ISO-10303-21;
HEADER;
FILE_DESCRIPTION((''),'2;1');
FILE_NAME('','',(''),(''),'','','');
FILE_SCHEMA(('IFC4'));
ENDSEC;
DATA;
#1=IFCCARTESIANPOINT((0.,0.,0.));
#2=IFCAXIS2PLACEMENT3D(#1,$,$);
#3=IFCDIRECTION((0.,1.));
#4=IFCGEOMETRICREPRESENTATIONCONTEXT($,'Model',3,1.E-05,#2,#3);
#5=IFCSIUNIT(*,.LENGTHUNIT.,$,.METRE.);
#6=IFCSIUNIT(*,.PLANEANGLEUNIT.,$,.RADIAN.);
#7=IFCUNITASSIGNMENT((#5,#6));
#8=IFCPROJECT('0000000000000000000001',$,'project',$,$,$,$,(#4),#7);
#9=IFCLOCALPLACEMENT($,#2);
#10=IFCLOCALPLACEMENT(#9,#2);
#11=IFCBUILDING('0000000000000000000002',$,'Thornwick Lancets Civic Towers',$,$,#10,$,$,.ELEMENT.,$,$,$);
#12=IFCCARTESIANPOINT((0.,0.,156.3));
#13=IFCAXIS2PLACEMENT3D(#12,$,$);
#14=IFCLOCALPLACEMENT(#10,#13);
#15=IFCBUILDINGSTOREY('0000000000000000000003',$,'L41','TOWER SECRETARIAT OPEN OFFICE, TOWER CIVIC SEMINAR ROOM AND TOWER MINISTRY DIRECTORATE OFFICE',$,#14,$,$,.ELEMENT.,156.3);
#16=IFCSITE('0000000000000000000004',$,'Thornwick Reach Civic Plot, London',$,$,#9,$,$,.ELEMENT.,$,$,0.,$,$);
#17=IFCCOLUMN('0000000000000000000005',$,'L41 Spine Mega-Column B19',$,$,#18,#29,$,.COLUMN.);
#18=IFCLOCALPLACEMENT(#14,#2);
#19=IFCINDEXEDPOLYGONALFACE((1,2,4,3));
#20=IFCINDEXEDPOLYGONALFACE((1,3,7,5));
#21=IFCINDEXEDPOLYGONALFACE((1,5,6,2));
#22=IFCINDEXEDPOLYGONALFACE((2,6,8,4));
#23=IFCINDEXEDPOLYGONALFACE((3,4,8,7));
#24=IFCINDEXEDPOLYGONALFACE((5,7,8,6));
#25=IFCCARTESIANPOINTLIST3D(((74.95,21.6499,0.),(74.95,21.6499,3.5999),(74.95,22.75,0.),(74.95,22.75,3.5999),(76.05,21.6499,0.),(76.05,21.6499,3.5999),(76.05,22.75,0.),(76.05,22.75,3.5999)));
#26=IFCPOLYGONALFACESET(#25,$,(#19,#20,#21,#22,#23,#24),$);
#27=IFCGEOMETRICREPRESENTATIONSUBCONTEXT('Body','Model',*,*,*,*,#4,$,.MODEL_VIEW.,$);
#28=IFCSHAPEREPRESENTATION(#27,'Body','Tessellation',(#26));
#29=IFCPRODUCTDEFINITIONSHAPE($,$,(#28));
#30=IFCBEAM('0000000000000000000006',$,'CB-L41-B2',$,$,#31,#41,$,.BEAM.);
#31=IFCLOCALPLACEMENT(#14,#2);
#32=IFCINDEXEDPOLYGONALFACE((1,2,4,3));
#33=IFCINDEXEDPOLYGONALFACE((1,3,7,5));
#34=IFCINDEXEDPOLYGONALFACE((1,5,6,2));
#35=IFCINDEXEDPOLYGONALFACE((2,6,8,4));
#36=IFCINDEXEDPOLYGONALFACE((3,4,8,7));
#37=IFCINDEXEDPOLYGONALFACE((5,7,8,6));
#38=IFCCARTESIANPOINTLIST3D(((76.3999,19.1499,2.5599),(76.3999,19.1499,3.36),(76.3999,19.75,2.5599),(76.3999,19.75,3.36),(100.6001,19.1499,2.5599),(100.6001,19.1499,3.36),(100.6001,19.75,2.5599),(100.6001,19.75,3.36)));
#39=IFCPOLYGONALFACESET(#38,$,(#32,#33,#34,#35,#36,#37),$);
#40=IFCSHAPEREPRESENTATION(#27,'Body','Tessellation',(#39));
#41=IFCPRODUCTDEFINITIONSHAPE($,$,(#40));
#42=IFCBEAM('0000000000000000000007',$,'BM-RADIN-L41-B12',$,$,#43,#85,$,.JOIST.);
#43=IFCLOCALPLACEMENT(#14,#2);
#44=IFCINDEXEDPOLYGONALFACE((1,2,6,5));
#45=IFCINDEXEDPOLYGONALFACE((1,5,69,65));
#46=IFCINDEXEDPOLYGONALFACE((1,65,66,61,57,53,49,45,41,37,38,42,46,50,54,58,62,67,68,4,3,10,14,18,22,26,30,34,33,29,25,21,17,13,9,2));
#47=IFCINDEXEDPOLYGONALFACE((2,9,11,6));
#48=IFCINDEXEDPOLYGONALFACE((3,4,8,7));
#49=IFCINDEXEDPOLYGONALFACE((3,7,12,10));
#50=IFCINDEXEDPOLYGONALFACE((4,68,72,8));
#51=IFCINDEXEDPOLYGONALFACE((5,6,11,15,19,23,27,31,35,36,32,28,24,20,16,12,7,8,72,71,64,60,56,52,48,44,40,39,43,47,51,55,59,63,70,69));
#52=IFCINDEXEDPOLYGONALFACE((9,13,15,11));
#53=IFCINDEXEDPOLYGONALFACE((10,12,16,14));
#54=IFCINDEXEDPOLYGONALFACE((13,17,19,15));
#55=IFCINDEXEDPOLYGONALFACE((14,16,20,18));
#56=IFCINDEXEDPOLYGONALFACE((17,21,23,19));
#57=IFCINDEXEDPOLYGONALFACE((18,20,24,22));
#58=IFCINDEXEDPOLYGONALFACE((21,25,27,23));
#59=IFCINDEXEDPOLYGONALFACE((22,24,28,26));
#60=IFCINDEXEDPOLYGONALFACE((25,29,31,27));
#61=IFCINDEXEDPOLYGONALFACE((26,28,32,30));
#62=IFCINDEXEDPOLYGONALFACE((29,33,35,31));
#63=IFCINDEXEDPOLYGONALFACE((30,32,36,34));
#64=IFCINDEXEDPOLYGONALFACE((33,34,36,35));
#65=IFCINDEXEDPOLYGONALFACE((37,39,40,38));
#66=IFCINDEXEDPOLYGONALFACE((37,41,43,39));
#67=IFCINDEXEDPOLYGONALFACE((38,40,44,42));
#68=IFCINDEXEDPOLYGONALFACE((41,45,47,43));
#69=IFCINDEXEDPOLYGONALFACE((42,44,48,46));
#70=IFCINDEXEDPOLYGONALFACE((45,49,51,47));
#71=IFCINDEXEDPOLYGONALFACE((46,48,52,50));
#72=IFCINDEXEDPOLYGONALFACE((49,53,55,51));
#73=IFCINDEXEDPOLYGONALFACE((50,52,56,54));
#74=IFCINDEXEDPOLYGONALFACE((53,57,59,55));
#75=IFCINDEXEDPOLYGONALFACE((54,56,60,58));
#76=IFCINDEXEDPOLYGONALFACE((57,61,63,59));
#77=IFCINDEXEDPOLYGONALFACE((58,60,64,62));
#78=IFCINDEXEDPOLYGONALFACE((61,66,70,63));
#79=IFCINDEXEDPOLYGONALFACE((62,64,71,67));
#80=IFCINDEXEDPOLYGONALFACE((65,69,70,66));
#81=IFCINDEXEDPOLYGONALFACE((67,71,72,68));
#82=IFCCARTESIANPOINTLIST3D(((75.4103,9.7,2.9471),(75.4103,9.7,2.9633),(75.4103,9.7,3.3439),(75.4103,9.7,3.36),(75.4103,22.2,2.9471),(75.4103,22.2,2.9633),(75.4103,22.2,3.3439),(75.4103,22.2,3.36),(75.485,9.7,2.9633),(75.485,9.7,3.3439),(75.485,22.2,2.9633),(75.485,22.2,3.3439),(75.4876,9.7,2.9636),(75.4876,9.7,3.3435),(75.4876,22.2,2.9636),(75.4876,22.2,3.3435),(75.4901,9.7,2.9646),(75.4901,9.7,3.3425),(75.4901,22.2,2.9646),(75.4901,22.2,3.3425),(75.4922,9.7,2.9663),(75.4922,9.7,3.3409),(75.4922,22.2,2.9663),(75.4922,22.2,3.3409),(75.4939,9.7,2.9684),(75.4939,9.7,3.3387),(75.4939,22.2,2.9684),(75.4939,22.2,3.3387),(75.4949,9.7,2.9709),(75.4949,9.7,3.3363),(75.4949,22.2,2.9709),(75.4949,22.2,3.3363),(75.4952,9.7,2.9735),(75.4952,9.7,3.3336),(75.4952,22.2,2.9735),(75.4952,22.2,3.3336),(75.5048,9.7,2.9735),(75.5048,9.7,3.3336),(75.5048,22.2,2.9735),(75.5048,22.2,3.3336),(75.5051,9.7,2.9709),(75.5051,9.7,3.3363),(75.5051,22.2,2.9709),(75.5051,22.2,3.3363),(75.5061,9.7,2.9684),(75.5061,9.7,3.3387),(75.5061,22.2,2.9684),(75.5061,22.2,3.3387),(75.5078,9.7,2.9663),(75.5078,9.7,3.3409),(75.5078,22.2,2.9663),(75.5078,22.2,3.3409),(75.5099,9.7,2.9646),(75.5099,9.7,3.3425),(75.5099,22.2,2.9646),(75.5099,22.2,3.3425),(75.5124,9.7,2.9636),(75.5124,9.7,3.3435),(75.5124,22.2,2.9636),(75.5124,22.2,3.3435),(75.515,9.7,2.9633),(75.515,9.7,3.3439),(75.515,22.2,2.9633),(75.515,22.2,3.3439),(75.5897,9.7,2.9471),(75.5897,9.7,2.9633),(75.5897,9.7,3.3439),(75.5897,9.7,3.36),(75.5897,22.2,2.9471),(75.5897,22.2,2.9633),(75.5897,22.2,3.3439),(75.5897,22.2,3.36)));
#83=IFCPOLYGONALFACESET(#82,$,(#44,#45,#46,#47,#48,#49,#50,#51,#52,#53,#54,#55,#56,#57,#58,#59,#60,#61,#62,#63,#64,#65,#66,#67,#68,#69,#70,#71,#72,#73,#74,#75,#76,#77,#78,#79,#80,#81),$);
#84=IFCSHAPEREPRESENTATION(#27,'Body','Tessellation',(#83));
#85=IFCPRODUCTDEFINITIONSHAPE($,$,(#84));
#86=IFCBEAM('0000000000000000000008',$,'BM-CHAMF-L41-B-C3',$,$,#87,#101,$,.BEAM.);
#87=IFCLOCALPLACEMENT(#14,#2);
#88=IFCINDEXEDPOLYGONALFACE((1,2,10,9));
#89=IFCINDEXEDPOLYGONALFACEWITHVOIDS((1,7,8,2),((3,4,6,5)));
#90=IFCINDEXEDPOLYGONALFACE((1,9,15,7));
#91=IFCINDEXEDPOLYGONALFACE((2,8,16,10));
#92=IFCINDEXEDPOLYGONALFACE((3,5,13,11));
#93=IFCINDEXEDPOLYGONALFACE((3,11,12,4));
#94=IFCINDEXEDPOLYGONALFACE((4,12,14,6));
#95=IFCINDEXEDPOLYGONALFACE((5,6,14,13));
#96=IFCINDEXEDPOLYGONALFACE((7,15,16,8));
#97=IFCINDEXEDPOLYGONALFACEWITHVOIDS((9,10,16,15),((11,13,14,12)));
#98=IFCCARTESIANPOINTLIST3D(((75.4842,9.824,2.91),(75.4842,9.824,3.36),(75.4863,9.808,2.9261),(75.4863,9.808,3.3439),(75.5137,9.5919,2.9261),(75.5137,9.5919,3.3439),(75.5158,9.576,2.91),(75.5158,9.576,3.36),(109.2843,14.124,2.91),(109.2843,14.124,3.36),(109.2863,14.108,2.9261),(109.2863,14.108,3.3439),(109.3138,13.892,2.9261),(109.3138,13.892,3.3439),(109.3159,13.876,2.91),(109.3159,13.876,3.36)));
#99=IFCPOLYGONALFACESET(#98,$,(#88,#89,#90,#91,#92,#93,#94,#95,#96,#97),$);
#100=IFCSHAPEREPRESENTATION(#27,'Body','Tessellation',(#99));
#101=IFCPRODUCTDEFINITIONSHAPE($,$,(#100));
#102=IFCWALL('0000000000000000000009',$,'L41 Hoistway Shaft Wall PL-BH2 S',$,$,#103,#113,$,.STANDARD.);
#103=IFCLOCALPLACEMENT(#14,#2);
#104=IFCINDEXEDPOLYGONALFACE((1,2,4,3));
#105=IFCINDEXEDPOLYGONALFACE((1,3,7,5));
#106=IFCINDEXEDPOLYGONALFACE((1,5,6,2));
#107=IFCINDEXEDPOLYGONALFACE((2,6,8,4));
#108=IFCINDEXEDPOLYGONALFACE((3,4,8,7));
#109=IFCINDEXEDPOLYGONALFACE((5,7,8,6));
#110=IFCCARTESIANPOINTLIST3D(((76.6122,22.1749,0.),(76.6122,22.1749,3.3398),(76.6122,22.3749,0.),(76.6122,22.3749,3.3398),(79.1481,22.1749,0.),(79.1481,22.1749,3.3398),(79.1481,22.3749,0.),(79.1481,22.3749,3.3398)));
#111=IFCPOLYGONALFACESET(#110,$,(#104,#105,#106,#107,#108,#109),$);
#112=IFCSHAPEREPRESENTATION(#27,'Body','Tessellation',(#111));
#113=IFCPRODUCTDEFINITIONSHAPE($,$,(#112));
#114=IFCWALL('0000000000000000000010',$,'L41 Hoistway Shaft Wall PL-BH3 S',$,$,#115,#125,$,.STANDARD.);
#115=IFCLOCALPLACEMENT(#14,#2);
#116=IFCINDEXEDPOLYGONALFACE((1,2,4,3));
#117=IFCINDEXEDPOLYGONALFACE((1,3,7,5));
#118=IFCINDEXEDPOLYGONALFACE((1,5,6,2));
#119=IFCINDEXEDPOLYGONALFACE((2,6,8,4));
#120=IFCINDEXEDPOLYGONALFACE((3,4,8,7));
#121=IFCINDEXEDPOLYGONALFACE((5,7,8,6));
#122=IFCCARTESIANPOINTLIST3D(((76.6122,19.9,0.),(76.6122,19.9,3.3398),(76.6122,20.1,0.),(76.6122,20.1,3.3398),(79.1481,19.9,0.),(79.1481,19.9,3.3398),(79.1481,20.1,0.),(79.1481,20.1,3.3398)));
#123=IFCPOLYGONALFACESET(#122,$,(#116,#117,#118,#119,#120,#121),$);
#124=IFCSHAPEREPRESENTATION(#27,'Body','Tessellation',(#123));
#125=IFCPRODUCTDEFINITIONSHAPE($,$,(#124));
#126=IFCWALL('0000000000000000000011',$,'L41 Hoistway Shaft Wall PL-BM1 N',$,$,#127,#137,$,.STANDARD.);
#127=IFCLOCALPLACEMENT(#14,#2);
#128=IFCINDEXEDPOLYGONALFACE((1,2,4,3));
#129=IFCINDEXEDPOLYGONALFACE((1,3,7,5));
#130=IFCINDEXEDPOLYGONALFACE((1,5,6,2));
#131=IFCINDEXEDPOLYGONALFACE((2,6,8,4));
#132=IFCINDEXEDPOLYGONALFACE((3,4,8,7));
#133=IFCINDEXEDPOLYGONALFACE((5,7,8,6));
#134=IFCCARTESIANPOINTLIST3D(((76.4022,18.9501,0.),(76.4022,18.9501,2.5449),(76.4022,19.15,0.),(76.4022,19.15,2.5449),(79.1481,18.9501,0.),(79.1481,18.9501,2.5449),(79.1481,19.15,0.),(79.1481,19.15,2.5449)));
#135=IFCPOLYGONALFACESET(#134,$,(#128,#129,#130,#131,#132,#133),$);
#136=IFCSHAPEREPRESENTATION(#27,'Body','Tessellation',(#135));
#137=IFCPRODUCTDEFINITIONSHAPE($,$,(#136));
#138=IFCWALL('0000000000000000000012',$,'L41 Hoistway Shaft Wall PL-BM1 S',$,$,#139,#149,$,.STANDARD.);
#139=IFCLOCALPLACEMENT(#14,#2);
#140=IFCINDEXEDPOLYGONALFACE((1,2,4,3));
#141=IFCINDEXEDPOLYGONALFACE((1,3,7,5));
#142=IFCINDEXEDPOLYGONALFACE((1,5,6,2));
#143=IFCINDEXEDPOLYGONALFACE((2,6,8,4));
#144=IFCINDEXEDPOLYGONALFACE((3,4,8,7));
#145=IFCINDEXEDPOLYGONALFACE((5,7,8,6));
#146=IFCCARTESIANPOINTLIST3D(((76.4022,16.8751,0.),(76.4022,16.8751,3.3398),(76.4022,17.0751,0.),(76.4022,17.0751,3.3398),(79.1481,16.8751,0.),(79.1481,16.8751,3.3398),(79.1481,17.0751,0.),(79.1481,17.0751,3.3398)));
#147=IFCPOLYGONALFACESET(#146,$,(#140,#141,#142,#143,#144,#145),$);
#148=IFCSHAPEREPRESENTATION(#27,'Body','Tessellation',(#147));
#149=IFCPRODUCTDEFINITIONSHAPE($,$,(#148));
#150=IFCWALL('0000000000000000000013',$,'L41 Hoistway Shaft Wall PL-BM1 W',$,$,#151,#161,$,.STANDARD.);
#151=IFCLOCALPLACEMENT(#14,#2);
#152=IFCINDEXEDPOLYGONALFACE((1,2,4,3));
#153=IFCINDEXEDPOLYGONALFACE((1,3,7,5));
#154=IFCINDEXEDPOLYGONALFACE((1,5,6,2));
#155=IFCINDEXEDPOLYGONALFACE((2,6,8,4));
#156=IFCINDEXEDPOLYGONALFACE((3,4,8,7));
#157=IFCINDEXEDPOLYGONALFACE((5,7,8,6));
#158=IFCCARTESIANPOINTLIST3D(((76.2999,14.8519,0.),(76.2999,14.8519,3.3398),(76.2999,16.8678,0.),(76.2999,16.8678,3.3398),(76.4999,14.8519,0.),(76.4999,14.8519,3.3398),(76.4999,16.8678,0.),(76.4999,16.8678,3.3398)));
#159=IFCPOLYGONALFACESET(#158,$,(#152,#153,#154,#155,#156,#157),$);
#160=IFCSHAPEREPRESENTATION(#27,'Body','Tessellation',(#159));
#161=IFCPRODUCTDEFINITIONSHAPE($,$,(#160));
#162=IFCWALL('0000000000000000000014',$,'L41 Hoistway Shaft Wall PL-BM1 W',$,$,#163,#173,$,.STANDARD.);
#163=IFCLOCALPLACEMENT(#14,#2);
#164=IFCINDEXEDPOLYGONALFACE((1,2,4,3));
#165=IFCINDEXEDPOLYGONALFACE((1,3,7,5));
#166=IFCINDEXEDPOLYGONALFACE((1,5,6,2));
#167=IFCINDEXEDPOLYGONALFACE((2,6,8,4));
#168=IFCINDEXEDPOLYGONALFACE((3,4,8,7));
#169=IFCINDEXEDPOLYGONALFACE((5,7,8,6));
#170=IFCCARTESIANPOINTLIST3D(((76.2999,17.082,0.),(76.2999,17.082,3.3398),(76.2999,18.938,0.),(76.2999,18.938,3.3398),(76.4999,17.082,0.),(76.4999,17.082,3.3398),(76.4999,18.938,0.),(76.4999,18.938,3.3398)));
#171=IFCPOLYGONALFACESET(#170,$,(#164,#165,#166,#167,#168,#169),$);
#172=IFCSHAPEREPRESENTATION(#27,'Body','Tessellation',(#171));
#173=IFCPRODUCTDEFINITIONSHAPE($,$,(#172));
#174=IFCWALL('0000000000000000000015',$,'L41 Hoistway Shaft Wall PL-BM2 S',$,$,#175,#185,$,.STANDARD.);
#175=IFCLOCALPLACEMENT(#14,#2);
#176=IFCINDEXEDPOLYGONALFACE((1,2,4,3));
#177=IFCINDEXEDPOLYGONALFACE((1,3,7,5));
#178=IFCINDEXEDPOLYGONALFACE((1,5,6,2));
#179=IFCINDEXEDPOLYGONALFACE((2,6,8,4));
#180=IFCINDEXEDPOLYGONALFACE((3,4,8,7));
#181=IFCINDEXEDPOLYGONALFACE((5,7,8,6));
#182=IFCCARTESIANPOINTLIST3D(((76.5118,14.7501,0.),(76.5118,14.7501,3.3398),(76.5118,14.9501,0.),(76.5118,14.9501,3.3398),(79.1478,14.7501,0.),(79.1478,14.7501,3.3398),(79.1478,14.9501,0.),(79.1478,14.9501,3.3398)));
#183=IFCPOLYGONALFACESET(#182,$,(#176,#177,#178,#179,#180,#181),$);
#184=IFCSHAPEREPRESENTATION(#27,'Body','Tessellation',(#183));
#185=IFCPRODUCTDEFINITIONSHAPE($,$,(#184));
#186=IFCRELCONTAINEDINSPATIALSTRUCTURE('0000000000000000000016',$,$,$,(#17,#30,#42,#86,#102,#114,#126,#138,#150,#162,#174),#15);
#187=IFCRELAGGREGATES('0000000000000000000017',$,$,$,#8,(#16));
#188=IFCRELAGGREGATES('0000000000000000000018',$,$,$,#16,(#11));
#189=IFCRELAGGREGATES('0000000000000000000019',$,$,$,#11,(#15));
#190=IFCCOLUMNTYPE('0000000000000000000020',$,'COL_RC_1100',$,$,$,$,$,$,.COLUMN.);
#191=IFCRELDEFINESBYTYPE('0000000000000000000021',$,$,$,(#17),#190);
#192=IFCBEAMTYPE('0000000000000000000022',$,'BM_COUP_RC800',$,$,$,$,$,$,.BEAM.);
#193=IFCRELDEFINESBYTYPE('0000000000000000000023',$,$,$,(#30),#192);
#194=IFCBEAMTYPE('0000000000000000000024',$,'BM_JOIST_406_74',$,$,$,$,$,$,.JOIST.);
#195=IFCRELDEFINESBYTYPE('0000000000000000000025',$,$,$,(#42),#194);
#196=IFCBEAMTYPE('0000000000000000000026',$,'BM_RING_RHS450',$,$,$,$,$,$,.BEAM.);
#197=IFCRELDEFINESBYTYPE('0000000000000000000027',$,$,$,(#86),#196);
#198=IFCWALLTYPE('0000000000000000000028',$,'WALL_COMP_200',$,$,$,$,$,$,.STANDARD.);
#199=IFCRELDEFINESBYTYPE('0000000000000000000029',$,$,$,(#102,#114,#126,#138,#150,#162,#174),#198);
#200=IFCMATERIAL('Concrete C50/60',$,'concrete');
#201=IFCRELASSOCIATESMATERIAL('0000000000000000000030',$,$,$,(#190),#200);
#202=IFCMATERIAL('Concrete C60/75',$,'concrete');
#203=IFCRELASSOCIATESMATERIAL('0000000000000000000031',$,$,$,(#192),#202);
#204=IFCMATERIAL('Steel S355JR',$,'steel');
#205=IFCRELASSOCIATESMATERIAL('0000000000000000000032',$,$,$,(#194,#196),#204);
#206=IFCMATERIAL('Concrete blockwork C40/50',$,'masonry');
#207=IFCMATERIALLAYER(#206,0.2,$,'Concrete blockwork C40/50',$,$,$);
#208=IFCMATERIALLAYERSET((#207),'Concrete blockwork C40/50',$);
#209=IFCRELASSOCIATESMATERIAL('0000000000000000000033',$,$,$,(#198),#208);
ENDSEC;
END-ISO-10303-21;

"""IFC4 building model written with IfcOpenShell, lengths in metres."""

from ifc_helpers import new_model, si_unit, direction, frame, frame_2d, origin, origin_2d, place, context, subcontext, project, spatial, rectangle, hollow_rectangle, i_section, extrude, material, layer, layer_set, material_profile, profile_set, type_object, element, save


model = new_model("IFC4")

# Units and contexts
model_context = context("Model", 3, precision=1e-05, world=origin(), true_north=direction((0.0, 1.0)))
body_context = subcontext(model_context, "Body", "Model", "MODEL_VIEW")
ifc_project = project(units=[si_unit("LENGTHUNIT", "METRE"), si_unit("PLANEANGLEUNIT", "RADIAN")], contexts=[model_context])

# Site, building, storey
site_placement = place(None, origin())
site = spatial("IfcSite", under=ifc_project, at=site_placement, Name="Thornwick Reach Civic Plot, London", CompositionType="ELEMENT", RefElevation=0.0)
building_placement = place(site_placement, origin())
building = spatial("IfcBuilding", under=site, at=building_placement, Name="Thornwick Lancets Civic Towers", CompositionType="ELEMENT")
storey_placement = place(building_placement, frame((0.0, 0.0, 156.3)))
storey = spatial("IfcBuildingStorey", under=building, at=storey_placement, Name="L41", Description="TOWER SECRETARIAT OPEN OFFICE, TOWER CIVIC SEMINAR ROOM AND TOWER MINISTRY DIRECTORATE OFFICE", CompositionType="ELEMENT", Elevation=156.3)

# Column
ifc_material_1 = material(Name="Concrete C50/60", Category="concrete")
ifc_material_profile_1 = material_profile(ifc_material_1, rectangle(XDim=1.1001, YDim=1.1001, at=origin_2d()), Name="RC 1100x1100")
ifc_profile_set_1 = profile_set([ifc_material_profile_1], Name="Concrete C50/60")
column_type = type_object("IfcColumnType", Name="COL_RC_1100", PredefinedType="COLUMN", material=ifc_profile_set_1)
column_placement = place(storey_placement, frame((75.5, 22.2, 0.0), z_axis=(0.0, 0.0, 1.0), x_axis=(1.0, 0.0, 0.0)))
element("IfcColumn", 1, at=column_placement, inside=storey, type_object=column_type, Name="L41 Spine Mega-Column B19", PredefinedType="COLUMN", context=body_context, shape_type="SweptSolid", body=[
    extrude(rectangle(XDim=1.1001, YDim=1.1001, at=origin_2d()), origin(), (0.0, 0.0, 1.0), 3.5999),
])

# Beams
ifc_material_2 = material(Name="Concrete C60/75", Category="concrete")
ifc_material_profile_2 = material_profile(ifc_material_2, rectangle(XDim=0.6001, YDim=0.8, at=origin_2d()), Name="RC 600x800")
ifc_profile_set_2 = profile_set([ifc_material_profile_2], Name="Concrete C60/75")
beam_type_1 = type_object("IfcBeamType", Name="BM_COUP_RC800", PredefinedType="BEAM", material=ifc_profile_set_2)
beam_1_placement = place(storey_placement, frame((76.3999, 19.45, 2.96), z_axis=(1.0, 0.0, 0.0), x_axis=(0.0, 1.0, 0.0)))
element("IfcBeam", 2, at=beam_1_placement, inside=storey, type_object=beam_type_1, Name="CB-L41-B2", PredefinedType="BEAM", context=body_context, shape_type="SweptSolid", body=[
    extrude(rectangle(XDim=0.6001, YDim=0.8, at=origin_2d()), origin(), (0.0, 0.0, 1.0), 24.2002),
])
ifc_material_3 = material(Name="Steel S355JR", Category="steel")
ifc_material_profile_3 = material_profile(ifc_material_3, i_section(OverallWidth=0.1794, OverallDepth=0.4128, WebThickness=0.0095, FlangeThickness=0.0161, FilletRadius=0.0103, at=origin_2d()), Name="UKB 406x178x74")
ifc_profile_set_3 = profile_set([ifc_material_profile_3], Name="Steel S355JR")
beam_type_2 = type_object("IfcBeamType", Name="BM_JOIST_406_74", PredefinedType="JOIST", material=ifc_profile_set_3)
beam_2_placement = place(storey_placement, frame((75.5, 22.2, 3.1536), z_axis=(0.0, -1.0, 0.0), x_axis=(1.0, 0.0, 0.0)))
element("IfcBeam", 3, at=beam_2_placement, inside=storey, type_object=beam_type_2, Name="BM-RADIN-L41-B12", PredefinedType="JOIST", context=body_context, shape_type="SweptSolid", body=[
    extrude(i_section(OverallWidth=0.1794, OverallDepth=0.4128, WebThickness=0.0095, FlangeThickness=0.0161, FilletRadius=0.0103, at=origin_2d()), origin(), (0.0, 0.0, 1.0), 12.5),
])
ifc_material_profile_4 = material_profile(ifc_material_3, hollow_rectangle(XDim=0.25, YDim=0.45, WallThickness=0.0161, at=origin_2d()), Name="RHS 450x250x16")
ifc_profile_set_4 = profile_set([ifc_material_profile_4], Name="Steel S355JR")
beam_type_3 = type_object("IfcBeamType", Name="BM_RING_RHS450", PredefinedType="BEAM", material=ifc_profile_set_4)
beam_3_placement = place(storey_placement, frame((75.5, 9.7, 3.135), z_axis=(0.992004, 0.126203, 0.0), x_axis=(-0.126203, 0.992004, 0.0)))
element("IfcBeam", 4, at=beam_3_placement, inside=storey, type_object=beam_type_3, Name="BM-CHAMF-L41-B-C3", PredefinedType="BEAM", context=body_context, shape_type="SweptSolid", body=[
    extrude(hollow_rectangle(XDim=0.25, YDim=0.45, WallThickness=0.0161, at=origin_2d()), origin(), (0.0, 0.0, 1.0), 34.0725),
])

# Walls
ifc_material_4 = material(Name="Concrete blockwork C40/50", Category="masonry")
ifc_layer_1 = layer(ifc_material_4, 0.2, Name="Concrete blockwork C40/50")
ifc_layer_set_1 = layer_set([ifc_layer_1], Name="Concrete blockwork C40/50")
wall_type_1 = type_object("IfcWallType", Name="WALL_COMP_200", PredefinedType="STANDARD", material=ifc_layer_set_1)
for number, where, z_axis, x_axis, name in (
    (5, (76.6121, 22.2749, 0.0), (0.0, 0.0, 1.0), (1.0, 0.0, 0.0), "L41 Hoistway Shaft Wall PL-BH2 S"),
    (6, (76.6121, 20.0, 0.0), (0.0, 0.0, 1.0), (1.0, 0.0, 0.0), "L41 Hoistway Shaft Wall PL-BH3 S"),
):
    element("IfcWall", number, at=place(storey_placement, frame(where, z_axis=z_axis, x_axis=x_axis)), inside=storey, type_object=wall_type_1, Name=name, PredefinedType="STANDARD", context=body_context, shape_type="SweptSolid", body=[
        extrude(rectangle(XDim=2.5359, YDim=0.2, at=frame_2d((1.2681, 0.0))), origin(), (0.0, 0.0, 1.0), 3.3398),
    ])
wall_1_placement = place(storey_placement, frame((76.4021, 19.05, 0.0), z_axis=(0.0, 0.0, 1.0), x_axis=(1.0, 0.0, 0.0)))
element("IfcWall", 7, at=wall_1_placement, inside=storey, type_object=wall_type_1, Name="L41 Hoistway Shaft Wall PL-BM1 N", PredefinedType="STANDARD", context=body_context, shape_type="SweptSolid", body=[
    extrude(rectangle(XDim=2.7458, YDim=0.2, at=frame_2d((1.373, 0.0))), origin(), (0.0, 0.0, 1.0), 2.5449),
])
wall_2_placement = place(storey_placement, frame((76.4021, 16.9751, 0.0), z_axis=(0.0, 0.0, 1.0), x_axis=(1.0, 0.0, 0.0)))
element("IfcWall", 8, at=wall_2_placement, inside=storey, type_object=wall_type_1, Name="L41 Hoistway Shaft Wall PL-BM1 S", PredefinedType="STANDARD", context=body_context, shape_type="SweptSolid", body=[
    extrude(rectangle(XDim=2.7458, YDim=0.2, at=frame_2d((1.373, 0.0))), origin(), (0.0, 0.0, 1.0), 3.3398),
])
wall_3_placement = place(storey_placement, frame((76.3999, 14.8521, 0.0), z_axis=(0.0, 0.0, 1.0), x_axis=(0.0, 1.0, 0.0)))
element("IfcWall", 9, at=wall_3_placement, inside=storey, type_object=wall_type_1, Name="L41 Hoistway Shaft Wall PL-BM1 W", PredefinedType="STANDARD", context=body_context, shape_type="SweptSolid", body=[
    extrude(rectangle(XDim=2.0159, YDim=0.2, at=frame_2d((1.0078, 0.0))), origin(), (0.0, 0.0, 1.0), 3.3398),
])
wall_4_placement = place(storey_placement, frame((76.3999, 17.082, 0.0), z_axis=(0.0, 0.0, 1.0), x_axis=(0.0, 1.0, 0.0)))
element("IfcWall", 10, at=wall_4_placement, inside=storey, type_object=wall_type_1, Name="L41 Hoistway Shaft Wall PL-BM1 W", PredefinedType="STANDARD", context=body_context, shape_type="SweptSolid", body=[
    extrude(rectangle(XDim=1.856, YDim=0.2, at=frame_2d((0.928, 0.0))), origin(), (0.0, 0.0, 1.0), 3.3398),
])
wall_5_placement = place(storey_placement, frame((76.512, 14.8501, 0.0), z_axis=(0.0, 0.0, 1.0), x_axis=(1.0, 0.0, 0.0)))
element("IfcWall", 11, at=wall_5_placement, inside=storey, type_object=wall_type_1, Name="L41 Hoistway Shaft Wall PL-BM2 S", PredefinedType="STANDARD", context=body_context, shape_type="SweptSolid", body=[
    extrude(rectangle(XDim=2.636, YDim=0.2, at=frame_2d((1.3179, 0.0))), origin(), (0.0, 0.0, 1.0), 3.3398),
])

save(model, "model.ifc")
